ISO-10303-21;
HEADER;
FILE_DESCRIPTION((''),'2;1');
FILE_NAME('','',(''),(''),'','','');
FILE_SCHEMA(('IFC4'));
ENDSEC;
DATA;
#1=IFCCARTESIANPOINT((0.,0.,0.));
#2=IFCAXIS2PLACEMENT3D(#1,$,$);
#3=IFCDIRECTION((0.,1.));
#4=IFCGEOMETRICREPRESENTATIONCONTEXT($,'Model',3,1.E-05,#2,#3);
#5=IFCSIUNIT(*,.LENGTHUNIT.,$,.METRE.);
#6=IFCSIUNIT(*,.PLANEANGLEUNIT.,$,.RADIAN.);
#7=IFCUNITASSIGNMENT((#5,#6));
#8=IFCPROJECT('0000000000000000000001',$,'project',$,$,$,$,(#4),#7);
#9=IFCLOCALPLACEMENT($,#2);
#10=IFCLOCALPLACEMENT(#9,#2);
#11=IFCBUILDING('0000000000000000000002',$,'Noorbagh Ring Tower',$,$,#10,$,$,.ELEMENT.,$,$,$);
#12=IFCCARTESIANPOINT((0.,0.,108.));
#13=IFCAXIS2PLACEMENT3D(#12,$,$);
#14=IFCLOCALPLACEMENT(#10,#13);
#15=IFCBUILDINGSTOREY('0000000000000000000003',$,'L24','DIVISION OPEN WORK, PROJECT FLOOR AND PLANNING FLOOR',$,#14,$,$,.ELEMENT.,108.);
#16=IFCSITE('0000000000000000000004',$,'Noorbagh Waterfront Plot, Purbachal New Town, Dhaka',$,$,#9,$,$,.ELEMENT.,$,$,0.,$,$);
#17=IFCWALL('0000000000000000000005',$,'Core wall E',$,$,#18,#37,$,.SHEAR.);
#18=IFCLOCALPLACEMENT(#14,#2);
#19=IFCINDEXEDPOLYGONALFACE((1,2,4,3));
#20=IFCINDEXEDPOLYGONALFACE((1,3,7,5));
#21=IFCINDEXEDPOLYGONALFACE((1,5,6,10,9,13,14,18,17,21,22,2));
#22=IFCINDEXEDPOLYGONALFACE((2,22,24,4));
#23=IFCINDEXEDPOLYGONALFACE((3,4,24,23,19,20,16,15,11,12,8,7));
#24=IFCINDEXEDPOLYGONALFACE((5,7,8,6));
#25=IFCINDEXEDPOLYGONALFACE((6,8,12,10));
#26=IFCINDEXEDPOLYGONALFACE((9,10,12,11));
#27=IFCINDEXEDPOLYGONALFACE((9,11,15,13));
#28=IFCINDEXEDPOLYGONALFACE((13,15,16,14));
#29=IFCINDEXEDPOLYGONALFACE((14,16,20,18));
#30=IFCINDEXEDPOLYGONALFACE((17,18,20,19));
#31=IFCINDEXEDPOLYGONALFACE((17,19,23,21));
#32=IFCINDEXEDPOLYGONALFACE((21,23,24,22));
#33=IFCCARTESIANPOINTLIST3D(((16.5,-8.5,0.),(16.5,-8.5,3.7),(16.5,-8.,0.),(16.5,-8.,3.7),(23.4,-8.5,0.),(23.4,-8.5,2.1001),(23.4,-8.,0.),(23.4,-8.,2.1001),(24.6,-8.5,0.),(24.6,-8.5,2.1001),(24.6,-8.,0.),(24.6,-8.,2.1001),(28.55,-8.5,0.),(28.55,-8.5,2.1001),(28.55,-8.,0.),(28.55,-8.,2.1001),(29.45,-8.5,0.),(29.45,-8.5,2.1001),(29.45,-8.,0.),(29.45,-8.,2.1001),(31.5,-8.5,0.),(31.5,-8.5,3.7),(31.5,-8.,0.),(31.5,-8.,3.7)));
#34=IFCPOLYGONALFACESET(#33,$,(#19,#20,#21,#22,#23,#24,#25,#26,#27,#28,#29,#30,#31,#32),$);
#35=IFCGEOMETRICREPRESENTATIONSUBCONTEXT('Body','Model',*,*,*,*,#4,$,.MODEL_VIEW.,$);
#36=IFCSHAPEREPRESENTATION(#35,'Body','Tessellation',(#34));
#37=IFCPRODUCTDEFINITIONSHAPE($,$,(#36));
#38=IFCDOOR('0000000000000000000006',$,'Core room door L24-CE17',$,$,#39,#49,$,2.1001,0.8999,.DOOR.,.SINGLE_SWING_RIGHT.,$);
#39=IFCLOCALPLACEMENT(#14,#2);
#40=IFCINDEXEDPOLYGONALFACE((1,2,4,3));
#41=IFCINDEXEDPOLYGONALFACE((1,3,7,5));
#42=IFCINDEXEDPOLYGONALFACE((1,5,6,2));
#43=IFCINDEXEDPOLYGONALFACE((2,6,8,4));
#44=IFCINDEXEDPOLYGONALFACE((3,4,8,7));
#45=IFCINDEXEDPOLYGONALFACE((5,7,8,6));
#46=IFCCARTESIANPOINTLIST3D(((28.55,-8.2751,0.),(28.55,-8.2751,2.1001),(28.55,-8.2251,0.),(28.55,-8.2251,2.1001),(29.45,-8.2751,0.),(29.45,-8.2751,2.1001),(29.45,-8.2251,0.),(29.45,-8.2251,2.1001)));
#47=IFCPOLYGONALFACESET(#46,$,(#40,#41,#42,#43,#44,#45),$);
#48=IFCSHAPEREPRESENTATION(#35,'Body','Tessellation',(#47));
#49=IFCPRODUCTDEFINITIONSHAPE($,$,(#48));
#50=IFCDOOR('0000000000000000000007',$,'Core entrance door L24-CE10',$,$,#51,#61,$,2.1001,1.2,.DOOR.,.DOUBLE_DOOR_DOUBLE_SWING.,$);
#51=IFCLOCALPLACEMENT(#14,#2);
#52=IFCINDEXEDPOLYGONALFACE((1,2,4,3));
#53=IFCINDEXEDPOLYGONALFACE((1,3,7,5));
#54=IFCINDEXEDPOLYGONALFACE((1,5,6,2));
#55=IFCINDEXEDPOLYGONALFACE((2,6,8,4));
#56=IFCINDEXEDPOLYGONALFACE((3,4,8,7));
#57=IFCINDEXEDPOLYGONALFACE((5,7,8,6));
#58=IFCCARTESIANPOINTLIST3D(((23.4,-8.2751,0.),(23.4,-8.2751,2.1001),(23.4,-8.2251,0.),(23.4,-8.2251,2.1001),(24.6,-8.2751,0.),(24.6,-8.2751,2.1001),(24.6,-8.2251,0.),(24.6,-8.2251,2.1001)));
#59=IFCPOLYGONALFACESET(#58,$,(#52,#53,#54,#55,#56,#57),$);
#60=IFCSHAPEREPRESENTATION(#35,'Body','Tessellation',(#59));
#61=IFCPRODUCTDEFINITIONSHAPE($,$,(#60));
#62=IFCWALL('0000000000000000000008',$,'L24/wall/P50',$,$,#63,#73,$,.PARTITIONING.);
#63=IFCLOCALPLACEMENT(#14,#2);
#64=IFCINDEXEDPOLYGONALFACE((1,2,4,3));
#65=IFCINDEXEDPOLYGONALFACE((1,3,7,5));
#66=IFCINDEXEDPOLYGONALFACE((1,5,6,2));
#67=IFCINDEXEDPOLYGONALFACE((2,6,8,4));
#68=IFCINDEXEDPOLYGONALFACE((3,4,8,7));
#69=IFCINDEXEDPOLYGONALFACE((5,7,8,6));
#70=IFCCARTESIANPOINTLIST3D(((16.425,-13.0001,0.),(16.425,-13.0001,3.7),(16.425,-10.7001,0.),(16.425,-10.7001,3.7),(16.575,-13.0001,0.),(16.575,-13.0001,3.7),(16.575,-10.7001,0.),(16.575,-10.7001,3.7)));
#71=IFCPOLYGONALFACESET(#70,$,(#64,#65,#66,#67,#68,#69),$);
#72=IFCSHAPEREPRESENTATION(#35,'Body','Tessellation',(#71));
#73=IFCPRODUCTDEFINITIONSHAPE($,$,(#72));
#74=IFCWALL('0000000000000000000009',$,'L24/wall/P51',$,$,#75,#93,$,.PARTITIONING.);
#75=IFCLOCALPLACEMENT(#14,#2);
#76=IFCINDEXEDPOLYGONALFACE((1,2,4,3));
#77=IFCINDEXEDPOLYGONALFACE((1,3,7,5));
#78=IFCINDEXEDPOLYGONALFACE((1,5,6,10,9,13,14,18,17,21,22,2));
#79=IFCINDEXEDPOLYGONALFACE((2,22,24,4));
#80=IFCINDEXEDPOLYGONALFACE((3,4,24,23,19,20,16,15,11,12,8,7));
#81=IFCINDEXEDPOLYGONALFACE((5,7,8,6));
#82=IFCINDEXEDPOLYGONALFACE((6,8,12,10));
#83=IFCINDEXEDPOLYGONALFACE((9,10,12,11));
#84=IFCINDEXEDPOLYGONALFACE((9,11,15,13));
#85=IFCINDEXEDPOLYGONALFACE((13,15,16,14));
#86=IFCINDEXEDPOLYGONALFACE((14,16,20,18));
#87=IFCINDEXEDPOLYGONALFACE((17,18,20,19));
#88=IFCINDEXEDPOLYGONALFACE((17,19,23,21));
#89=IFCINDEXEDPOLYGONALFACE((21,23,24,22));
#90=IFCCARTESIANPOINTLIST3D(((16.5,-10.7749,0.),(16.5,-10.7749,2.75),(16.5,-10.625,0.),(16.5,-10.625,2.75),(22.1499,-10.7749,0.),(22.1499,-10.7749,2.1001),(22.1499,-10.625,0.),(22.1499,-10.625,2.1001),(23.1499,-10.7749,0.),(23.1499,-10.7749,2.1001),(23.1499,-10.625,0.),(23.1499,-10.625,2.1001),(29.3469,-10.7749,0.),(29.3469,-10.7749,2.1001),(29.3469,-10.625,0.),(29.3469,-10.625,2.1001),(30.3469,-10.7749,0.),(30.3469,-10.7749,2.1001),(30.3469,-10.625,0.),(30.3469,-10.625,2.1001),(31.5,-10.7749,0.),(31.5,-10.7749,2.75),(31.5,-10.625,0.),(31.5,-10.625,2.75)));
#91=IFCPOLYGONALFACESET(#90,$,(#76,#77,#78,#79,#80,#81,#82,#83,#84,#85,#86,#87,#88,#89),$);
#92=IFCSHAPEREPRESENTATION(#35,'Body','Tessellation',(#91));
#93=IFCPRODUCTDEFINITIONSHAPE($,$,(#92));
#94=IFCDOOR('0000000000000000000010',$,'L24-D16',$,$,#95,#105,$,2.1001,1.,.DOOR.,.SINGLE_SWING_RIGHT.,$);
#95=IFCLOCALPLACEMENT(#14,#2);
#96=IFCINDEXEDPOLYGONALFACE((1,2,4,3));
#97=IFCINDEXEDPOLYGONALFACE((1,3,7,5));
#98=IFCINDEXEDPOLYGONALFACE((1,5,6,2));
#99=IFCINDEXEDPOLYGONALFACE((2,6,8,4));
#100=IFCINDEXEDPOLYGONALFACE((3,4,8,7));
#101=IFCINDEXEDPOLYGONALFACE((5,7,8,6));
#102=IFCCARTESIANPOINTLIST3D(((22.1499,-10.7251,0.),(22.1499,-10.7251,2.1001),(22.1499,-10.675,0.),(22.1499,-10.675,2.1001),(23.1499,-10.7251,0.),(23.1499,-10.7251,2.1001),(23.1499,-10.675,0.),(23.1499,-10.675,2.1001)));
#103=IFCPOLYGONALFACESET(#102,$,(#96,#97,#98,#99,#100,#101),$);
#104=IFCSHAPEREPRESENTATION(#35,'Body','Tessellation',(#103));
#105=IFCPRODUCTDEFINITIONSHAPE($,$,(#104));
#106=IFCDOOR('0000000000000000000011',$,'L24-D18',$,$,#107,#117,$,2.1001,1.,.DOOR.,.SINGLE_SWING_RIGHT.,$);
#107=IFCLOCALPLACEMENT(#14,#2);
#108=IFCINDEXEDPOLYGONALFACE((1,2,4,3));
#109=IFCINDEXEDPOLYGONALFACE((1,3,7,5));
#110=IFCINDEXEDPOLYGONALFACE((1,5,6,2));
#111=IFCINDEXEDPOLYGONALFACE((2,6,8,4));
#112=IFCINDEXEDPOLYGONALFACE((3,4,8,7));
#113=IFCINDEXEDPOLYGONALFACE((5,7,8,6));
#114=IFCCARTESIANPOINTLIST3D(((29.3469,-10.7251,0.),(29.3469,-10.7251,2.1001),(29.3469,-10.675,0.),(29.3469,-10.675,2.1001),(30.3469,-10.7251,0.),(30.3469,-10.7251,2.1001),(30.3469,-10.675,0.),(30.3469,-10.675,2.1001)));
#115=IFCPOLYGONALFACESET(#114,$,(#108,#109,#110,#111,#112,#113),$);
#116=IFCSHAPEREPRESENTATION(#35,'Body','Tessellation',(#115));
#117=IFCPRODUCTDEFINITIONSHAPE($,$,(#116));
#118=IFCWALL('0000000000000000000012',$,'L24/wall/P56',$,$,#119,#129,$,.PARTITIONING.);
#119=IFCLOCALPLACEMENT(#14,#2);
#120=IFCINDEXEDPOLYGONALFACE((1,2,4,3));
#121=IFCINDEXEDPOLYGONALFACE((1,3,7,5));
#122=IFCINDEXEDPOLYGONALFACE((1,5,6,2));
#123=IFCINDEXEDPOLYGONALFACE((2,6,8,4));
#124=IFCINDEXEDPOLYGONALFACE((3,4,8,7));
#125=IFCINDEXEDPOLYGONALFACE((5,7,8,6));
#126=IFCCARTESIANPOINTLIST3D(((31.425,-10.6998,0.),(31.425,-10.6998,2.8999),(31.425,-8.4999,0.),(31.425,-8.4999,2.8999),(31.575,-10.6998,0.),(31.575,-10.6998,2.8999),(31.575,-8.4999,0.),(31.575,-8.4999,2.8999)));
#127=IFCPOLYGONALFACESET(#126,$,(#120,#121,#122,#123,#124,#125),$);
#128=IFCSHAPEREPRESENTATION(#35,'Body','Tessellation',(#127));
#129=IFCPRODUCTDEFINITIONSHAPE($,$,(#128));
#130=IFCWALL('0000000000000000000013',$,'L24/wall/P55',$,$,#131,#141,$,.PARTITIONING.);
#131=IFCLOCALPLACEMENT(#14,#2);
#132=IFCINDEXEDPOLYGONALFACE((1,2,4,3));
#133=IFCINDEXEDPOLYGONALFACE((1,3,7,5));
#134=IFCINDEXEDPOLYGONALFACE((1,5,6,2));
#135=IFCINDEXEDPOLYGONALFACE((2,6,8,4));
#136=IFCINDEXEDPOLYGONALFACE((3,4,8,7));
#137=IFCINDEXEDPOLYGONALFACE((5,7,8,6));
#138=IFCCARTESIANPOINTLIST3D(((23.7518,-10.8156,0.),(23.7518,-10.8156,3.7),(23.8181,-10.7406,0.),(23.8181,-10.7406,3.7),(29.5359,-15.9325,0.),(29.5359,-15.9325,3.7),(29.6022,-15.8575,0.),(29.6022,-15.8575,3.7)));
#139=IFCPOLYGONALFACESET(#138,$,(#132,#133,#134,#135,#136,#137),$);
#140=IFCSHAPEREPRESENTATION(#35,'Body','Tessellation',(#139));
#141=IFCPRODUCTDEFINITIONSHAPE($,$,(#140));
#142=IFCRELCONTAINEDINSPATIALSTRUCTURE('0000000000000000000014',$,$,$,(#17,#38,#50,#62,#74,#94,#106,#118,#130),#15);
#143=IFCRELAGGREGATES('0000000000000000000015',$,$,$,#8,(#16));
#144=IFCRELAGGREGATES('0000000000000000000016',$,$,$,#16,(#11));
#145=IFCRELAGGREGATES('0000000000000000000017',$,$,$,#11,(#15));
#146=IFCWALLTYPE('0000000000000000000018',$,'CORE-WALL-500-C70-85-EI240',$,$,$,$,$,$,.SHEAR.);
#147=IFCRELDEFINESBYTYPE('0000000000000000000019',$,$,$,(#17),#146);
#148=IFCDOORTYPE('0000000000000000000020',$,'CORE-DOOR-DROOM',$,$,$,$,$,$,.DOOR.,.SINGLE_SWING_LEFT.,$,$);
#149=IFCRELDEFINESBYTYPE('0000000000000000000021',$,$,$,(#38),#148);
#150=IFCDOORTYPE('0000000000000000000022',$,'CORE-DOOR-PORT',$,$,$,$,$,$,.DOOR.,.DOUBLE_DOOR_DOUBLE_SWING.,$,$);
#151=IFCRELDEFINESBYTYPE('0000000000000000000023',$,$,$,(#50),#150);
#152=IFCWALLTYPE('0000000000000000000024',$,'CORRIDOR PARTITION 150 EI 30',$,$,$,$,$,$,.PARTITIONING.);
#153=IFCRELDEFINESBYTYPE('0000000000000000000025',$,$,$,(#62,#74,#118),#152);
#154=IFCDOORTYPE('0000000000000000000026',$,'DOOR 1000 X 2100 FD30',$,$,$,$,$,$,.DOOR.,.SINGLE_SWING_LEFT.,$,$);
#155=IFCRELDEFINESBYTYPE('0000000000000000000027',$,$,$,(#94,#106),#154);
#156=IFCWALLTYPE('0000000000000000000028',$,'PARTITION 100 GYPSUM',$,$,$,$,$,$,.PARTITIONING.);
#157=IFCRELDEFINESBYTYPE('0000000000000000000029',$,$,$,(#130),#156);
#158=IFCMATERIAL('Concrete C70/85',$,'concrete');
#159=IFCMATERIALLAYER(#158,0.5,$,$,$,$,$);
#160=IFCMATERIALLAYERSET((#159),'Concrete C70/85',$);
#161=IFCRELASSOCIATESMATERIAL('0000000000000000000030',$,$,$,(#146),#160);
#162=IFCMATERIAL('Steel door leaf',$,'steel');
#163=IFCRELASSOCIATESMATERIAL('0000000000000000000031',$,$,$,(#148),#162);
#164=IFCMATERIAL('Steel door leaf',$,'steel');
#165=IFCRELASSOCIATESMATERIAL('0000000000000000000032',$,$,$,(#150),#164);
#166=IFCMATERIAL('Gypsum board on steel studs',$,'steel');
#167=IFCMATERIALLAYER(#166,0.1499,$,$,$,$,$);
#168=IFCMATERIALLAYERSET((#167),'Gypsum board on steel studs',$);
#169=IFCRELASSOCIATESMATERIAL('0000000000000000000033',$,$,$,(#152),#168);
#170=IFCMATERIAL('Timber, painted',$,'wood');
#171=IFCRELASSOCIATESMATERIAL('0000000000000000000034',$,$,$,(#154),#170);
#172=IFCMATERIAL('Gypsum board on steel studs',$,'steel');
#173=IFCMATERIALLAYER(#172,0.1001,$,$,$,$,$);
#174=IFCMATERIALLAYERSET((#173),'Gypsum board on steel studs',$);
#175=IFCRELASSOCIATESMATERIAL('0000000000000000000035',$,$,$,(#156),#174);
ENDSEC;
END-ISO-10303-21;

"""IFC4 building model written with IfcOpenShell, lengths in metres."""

from ifc_helpers import new_model, si_unit, direction, frame, frame_2d, origin, place, context, subcontext, project, spatial, rectangle, extrude, material, layer, layer_set, type_object, element, fill, save


model = new_model("IFC4")

# Units and contexts
model_context = context("Model", 3, precision=1e-05, world=origin(), true_north=direction((0.0, 1.0)))
body_context = subcontext(model_context, "Body", "Model", "MODEL_VIEW")
ifc_project = project(units=[si_unit("LENGTHUNIT", "METRE"), si_unit("PLANEANGLEUNIT", "RADIAN")], contexts=[model_context])

# Site, building, storey
site_placement = place(None, origin())
site = spatial("IfcSite", under=ifc_project, at=site_placement, Name="Noorbagh Waterfront Plot, Purbachal New Town, Dhaka", CompositionType="ELEMENT", RefElevation=0.0)
building_placement = place(site_placement, origin())
building = spatial("IfcBuilding", under=site, at=building_placement, Name="Noorbagh Ring Tower", CompositionType="ELEMENT")
storey_placement = place(building_placement, frame((0.0, 0.0, 108.0)))
storey = spatial("IfcBuildingStorey", under=building, at=storey_placement, Name="L24", Description="DIVISION OPEN WORK, PROJECT FLOOR AND PLANNING FLOOR", CompositionType="ELEMENT", Elevation=108.0)

# Wall, openings, doors
ifc_material_1 = material(Name="Concrete C70/85", Category="concrete")
ifc_layer_1 = layer(ifc_material_1, 0.5)
ifc_layer_set_1 = layer_set([ifc_layer_1], Name="Concrete C70/85")
wall_type_1 = type_object("IfcWallType", Name="CORE-WALL-500-C70-85-EI240", PredefinedType="SHEAR", material=ifc_layer_set_1)
wall_1_placement = place(storey_placement, frame((16.5, -8.25, 0.0), z_axis=(0.0, 0.0, 1.0), x_axis=(1.0, 0.0, 0.0)))
wall_1 = element("IfcWall", 1, at=wall_1_placement, inside=storey, type_object=wall_type_1, Name="Core wall E", PredefinedType="SHEAR", context=body_context, shape_type="SweptSolid", body=[
    extrude(rectangle(XDim=15.0, YDim=0.5, at=frame_2d((7.5, 0.0))), origin(), (0.0, 0.0, 1.0), 3.7),
])
opening_1_placement = place(wall_1_placement, frame((6.8999, 0.0, 0.0)))
opening_1 = element("IfcOpeningElement", 2, at=opening_1_placement, cuts=wall_1, PredefinedType="OPENING", context=body_context, shape_type="SweptSolid", body=[
    extrude(rectangle(XDim=1.2, YDim=2.1001, at=frame_2d((0.6001, 1.05))), frame((0.0, 0.26, 0.0), z_axis=(0.0, -1.0, 0.0), x_axis=(1.0, 0.0, 0.0)), (0.0, 0.0, 1.0), 0.52),
])
opening_2_placement = place(wall_1_placement, frame((12.05, 0.0, 0.0)))
opening_2 = element("IfcOpeningElement", 3, at=opening_2_placement, cuts=wall_1, PredefinedType="OPENING", context=body_context, shape_type="SweptSolid", body=[
    extrude(rectangle(XDim=0.8999, YDim=2.1001, at=frame_2d((0.45, 1.05))), frame((0.0, 0.26, 0.0), z_axis=(0.0, -1.0, 0.0), x_axis=(1.0, 0.0, 0.0)), (0.0, 0.0, 1.0), 0.52),
])
ifc_material_2 = material(Name="Steel door leaf", Category="steel")
door_type_1 = type_object("IfcDoorType", Name="CORE-DOOR-DROOM", OperationType="SINGLE_SWING_LEFT", PredefinedType="DOOR", material=ifc_material_2)
door_1_placement = place(opening_2_placement, origin())
door_1 = element("IfcDoor", 4, at=door_1_placement, inside=storey, type_object=door_type_1, Name="Core room door L24-CE17", OperationType="SINGLE_SWING_RIGHT", OverallHeight=2.1001, OverallWidth=0.8999, PredefinedType="DOOR", context=body_context, shape_type="SweptSolid", body=[
    extrude(rectangle(XDim=0.8999, YDim=2.1001, at=frame_2d((0.45, 1.05))), frame((0.0, 0.0249, 0.0), z_axis=(0.0, -1.0, 0.0), x_axis=(1.0, 0.0, 0.0)), (0.0, 0.0, 1.0), 0.05),
])
fill(opening_2, door_1)
ifc_material_3 = material(Name="Steel door leaf", Category="steel")
door_type_2 = type_object("IfcDoorType", Name="CORE-DOOR-PORT", OperationType="DOUBLE_DOOR_DOUBLE_SWING", PredefinedType="DOOR", material=ifc_material_3)
door_2_placement = place(opening_1_placement, origin())
door_2 = element("IfcDoor", 5, at=door_2_placement, inside=storey, type_object=door_type_2, Name="Core entrance door L24-CE10", OperationType="DOUBLE_DOOR_DOUBLE_SWING", OverallHeight=2.1001, OverallWidth=1.2, PredefinedType="DOOR", context=body_context, shape_type="SweptSolid", body=[
    extrude(rectangle(XDim=1.2, YDim=2.1001, at=frame_2d((0.6001, 1.05))), frame((0.0, 0.0249, 0.0), z_axis=(0.0, -1.0, 0.0), x_axis=(1.0, 0.0, 0.0)), (0.0, 0.0, 1.0), 0.05),
])
fill(opening_1, door_2)

# Wall
ifc_material_4 = material(Name="Gypsum board on steel studs", Category="steel")
ifc_layer_2 = layer(ifc_material_4, 0.1499)
ifc_layer_set_2 = layer_set([ifc_layer_2], Name="Gypsum board on steel studs")
wall_type_2 = type_object("IfcWallType", Name="CORRIDOR PARTITION 150 EI 30", PredefinedType="PARTITIONING", material=ifc_layer_set_2)
wall_2_placement = place(storey_placement, frame((16.5, -13.0, 0.0), z_axis=(0.0, 0.0, 1.0), x_axis=(0.0, 1.0, 0.0)))
element("IfcWall", 6, at=wall_2_placement, inside=storey, type_object=wall_type_2, Name="L24/wall/P50", PredefinedType="PARTITIONING", context=body_context, shape_type="SweptSolid", body=[
    extrude(rectangle(XDim=2.3, YDim=0.1499, at=frame_2d((1.1499, 0.0))), origin(), (0.0, 0.0, 1.0), 3.7),
])

# Wall, openings, doors
wall_3_placement = place(storey_placement, frame((16.5, -10.7, 0.0), z_axis=(0.0, 0.0, 1.0), x_axis=(1.0, 0.0, 0.0)))
wall_3 = element("IfcWall", 7, at=wall_3_placement, inside=storey, type_object=wall_type_2, Name="L24/wall/P51", PredefinedType="PARTITIONING", context=body_context, shape_type="SweptSolid", body=[
    extrude(rectangle(XDim=15.0, YDim=0.1499, at=frame_2d((7.5, 0.0))), origin(), (0.0, 0.0, 1.0), 2.75),
])
opening_3_placement = place(wall_3_placement, frame((5.6499, 0.0, 0.0)))
opening_3 = element("IfcOpeningElement", 8, at=opening_3_placement, cuts=wall_3, PredefinedType="OPENING", context=body_context, shape_type="SweptSolid", body=[
    extrude(rectangle(XDim=1.0, YDim=2.1001, at=frame_2d((0.5, 1.05))), frame((0.0, 0.085, 0.0), z_axis=(0.0, -1.0, 0.0), x_axis=(1.0, 0.0, 0.0)), (0.0, 0.0, 1.0), 0.1699),
])
opening_4_placement = place(wall_3_placement, frame((12.8469, 0.0, 0.0)))
opening_4 = element("IfcOpeningElement", 9, at=opening_4_placement, cuts=wall_3, PredefinedType="OPENING", context=body_context, shape_type="SweptSolid", body=[
    extrude(rectangle(XDim=1.0, YDim=2.1001, at=frame_2d((0.5, 1.05))), frame((0.0, 0.085, 0.0), z_axis=(0.0, -1.0, 0.0), x_axis=(1.0, 0.0, 0.0)), (0.0, 0.0, 1.0), 0.1699),
])
ifc_material_5 = material(Name="Timber, painted", Category="wood")
door_type_3 = type_object("IfcDoorType", Name="DOOR 1000 X 2100 FD30", OperationType="SINGLE_SWING_LEFT", PredefinedType="DOOR", material=ifc_material_5)
door_3_placement = place(opening_3_placement, origin())
door_3 = element("IfcDoor", 10, at=door_3_placement, inside=storey, type_object=door_type_3, Name="L24-D16", OperationType="SINGLE_SWING_RIGHT", OverallHeight=2.1001, OverallWidth=1.0, PredefinedType="DOOR", context=body_context, shape_type="SweptSolid", body=[
    extrude(rectangle(XDim=1.0, YDim=2.1001, at=frame_2d((0.5, 1.05))), frame((0.0, 0.0249, 0.0), z_axis=(0.0, -1.0, 0.0), x_axis=(1.0, 0.0, 0.0)), (0.0, 0.0, 1.0), 0.05),
])
fill(opening_3, door_3)
door_4_placement = place(opening_4_placement, origin())
door_4 = element("IfcDoor", 11, at=door_4_placement, inside=storey, type_object=door_type_3, Name="L24-D18", OperationType="SINGLE_SWING_RIGHT", OverallHeight=2.1001, OverallWidth=1.0, PredefinedType="DOOR", context=body_context, shape_type="SweptSolid", body=[
    extrude(rectangle(XDim=1.0, YDim=2.1001, at=frame_2d((0.5, 1.05))), frame((0.0, 0.0249, 0.0), z_axis=(0.0, -1.0, 0.0), x_axis=(1.0, 0.0, 0.0)), (0.0, 0.0, 1.0), 0.05),
])
fill(opening_4, door_4)

# Walls
wall_4_placement = place(storey_placement, frame((31.5, -10.7, 0.0), z_axis=(0.0, 0.0, 1.0), x_axis=(0.0, 1.0, 0.0)))
element("IfcWall", 12, at=wall_4_placement, inside=storey, type_object=wall_type_2, Name="L24/wall/P56", PredefinedType="PARTITIONING", context=body_context, shape_type="SweptSolid", body=[
    extrude(rectangle(XDim=2.2, YDim=0.1499, at=frame_2d((1.1001, 0.0))), origin(), (0.0, 0.0, 1.0), 2.8999),
])
ifc_material_6 = material(Name="Gypsum board on steel studs", Category="steel")
ifc_layer_3 = layer(ifc_material_6, 0.1001)
ifc_layer_set_3 = layer_set([ifc_layer_3], Name="Gypsum board on steel studs")
wall_type_3 = type_object("IfcWallType", Name="PARTITION 100 GYPSUM", PredefinedType="PARTITIONING", material=ifc_layer_set_3)
wall_5_placement = place(storey_placement, frame((23.7849, -10.7781, 0.0), z_axis=(0.0, 0.0, 1.0), x_axis=(0.748986, -0.662586, 0.0)))
element("IfcWall", 13, at=wall_5_placement, inside=storey, type_object=wall_type_3, Name="L24/wall/P55", PredefinedType="PARTITIONING", context=body_context, shape_type="SweptSolid", body=[
    extrude(rectangle(XDim=7.7227, YDim=0.1001, at=frame_2d((3.8613, 0.0))), origin(), (0.0, 0.0, 1.0), 3.7),
])

save(model, "model.ifc")
